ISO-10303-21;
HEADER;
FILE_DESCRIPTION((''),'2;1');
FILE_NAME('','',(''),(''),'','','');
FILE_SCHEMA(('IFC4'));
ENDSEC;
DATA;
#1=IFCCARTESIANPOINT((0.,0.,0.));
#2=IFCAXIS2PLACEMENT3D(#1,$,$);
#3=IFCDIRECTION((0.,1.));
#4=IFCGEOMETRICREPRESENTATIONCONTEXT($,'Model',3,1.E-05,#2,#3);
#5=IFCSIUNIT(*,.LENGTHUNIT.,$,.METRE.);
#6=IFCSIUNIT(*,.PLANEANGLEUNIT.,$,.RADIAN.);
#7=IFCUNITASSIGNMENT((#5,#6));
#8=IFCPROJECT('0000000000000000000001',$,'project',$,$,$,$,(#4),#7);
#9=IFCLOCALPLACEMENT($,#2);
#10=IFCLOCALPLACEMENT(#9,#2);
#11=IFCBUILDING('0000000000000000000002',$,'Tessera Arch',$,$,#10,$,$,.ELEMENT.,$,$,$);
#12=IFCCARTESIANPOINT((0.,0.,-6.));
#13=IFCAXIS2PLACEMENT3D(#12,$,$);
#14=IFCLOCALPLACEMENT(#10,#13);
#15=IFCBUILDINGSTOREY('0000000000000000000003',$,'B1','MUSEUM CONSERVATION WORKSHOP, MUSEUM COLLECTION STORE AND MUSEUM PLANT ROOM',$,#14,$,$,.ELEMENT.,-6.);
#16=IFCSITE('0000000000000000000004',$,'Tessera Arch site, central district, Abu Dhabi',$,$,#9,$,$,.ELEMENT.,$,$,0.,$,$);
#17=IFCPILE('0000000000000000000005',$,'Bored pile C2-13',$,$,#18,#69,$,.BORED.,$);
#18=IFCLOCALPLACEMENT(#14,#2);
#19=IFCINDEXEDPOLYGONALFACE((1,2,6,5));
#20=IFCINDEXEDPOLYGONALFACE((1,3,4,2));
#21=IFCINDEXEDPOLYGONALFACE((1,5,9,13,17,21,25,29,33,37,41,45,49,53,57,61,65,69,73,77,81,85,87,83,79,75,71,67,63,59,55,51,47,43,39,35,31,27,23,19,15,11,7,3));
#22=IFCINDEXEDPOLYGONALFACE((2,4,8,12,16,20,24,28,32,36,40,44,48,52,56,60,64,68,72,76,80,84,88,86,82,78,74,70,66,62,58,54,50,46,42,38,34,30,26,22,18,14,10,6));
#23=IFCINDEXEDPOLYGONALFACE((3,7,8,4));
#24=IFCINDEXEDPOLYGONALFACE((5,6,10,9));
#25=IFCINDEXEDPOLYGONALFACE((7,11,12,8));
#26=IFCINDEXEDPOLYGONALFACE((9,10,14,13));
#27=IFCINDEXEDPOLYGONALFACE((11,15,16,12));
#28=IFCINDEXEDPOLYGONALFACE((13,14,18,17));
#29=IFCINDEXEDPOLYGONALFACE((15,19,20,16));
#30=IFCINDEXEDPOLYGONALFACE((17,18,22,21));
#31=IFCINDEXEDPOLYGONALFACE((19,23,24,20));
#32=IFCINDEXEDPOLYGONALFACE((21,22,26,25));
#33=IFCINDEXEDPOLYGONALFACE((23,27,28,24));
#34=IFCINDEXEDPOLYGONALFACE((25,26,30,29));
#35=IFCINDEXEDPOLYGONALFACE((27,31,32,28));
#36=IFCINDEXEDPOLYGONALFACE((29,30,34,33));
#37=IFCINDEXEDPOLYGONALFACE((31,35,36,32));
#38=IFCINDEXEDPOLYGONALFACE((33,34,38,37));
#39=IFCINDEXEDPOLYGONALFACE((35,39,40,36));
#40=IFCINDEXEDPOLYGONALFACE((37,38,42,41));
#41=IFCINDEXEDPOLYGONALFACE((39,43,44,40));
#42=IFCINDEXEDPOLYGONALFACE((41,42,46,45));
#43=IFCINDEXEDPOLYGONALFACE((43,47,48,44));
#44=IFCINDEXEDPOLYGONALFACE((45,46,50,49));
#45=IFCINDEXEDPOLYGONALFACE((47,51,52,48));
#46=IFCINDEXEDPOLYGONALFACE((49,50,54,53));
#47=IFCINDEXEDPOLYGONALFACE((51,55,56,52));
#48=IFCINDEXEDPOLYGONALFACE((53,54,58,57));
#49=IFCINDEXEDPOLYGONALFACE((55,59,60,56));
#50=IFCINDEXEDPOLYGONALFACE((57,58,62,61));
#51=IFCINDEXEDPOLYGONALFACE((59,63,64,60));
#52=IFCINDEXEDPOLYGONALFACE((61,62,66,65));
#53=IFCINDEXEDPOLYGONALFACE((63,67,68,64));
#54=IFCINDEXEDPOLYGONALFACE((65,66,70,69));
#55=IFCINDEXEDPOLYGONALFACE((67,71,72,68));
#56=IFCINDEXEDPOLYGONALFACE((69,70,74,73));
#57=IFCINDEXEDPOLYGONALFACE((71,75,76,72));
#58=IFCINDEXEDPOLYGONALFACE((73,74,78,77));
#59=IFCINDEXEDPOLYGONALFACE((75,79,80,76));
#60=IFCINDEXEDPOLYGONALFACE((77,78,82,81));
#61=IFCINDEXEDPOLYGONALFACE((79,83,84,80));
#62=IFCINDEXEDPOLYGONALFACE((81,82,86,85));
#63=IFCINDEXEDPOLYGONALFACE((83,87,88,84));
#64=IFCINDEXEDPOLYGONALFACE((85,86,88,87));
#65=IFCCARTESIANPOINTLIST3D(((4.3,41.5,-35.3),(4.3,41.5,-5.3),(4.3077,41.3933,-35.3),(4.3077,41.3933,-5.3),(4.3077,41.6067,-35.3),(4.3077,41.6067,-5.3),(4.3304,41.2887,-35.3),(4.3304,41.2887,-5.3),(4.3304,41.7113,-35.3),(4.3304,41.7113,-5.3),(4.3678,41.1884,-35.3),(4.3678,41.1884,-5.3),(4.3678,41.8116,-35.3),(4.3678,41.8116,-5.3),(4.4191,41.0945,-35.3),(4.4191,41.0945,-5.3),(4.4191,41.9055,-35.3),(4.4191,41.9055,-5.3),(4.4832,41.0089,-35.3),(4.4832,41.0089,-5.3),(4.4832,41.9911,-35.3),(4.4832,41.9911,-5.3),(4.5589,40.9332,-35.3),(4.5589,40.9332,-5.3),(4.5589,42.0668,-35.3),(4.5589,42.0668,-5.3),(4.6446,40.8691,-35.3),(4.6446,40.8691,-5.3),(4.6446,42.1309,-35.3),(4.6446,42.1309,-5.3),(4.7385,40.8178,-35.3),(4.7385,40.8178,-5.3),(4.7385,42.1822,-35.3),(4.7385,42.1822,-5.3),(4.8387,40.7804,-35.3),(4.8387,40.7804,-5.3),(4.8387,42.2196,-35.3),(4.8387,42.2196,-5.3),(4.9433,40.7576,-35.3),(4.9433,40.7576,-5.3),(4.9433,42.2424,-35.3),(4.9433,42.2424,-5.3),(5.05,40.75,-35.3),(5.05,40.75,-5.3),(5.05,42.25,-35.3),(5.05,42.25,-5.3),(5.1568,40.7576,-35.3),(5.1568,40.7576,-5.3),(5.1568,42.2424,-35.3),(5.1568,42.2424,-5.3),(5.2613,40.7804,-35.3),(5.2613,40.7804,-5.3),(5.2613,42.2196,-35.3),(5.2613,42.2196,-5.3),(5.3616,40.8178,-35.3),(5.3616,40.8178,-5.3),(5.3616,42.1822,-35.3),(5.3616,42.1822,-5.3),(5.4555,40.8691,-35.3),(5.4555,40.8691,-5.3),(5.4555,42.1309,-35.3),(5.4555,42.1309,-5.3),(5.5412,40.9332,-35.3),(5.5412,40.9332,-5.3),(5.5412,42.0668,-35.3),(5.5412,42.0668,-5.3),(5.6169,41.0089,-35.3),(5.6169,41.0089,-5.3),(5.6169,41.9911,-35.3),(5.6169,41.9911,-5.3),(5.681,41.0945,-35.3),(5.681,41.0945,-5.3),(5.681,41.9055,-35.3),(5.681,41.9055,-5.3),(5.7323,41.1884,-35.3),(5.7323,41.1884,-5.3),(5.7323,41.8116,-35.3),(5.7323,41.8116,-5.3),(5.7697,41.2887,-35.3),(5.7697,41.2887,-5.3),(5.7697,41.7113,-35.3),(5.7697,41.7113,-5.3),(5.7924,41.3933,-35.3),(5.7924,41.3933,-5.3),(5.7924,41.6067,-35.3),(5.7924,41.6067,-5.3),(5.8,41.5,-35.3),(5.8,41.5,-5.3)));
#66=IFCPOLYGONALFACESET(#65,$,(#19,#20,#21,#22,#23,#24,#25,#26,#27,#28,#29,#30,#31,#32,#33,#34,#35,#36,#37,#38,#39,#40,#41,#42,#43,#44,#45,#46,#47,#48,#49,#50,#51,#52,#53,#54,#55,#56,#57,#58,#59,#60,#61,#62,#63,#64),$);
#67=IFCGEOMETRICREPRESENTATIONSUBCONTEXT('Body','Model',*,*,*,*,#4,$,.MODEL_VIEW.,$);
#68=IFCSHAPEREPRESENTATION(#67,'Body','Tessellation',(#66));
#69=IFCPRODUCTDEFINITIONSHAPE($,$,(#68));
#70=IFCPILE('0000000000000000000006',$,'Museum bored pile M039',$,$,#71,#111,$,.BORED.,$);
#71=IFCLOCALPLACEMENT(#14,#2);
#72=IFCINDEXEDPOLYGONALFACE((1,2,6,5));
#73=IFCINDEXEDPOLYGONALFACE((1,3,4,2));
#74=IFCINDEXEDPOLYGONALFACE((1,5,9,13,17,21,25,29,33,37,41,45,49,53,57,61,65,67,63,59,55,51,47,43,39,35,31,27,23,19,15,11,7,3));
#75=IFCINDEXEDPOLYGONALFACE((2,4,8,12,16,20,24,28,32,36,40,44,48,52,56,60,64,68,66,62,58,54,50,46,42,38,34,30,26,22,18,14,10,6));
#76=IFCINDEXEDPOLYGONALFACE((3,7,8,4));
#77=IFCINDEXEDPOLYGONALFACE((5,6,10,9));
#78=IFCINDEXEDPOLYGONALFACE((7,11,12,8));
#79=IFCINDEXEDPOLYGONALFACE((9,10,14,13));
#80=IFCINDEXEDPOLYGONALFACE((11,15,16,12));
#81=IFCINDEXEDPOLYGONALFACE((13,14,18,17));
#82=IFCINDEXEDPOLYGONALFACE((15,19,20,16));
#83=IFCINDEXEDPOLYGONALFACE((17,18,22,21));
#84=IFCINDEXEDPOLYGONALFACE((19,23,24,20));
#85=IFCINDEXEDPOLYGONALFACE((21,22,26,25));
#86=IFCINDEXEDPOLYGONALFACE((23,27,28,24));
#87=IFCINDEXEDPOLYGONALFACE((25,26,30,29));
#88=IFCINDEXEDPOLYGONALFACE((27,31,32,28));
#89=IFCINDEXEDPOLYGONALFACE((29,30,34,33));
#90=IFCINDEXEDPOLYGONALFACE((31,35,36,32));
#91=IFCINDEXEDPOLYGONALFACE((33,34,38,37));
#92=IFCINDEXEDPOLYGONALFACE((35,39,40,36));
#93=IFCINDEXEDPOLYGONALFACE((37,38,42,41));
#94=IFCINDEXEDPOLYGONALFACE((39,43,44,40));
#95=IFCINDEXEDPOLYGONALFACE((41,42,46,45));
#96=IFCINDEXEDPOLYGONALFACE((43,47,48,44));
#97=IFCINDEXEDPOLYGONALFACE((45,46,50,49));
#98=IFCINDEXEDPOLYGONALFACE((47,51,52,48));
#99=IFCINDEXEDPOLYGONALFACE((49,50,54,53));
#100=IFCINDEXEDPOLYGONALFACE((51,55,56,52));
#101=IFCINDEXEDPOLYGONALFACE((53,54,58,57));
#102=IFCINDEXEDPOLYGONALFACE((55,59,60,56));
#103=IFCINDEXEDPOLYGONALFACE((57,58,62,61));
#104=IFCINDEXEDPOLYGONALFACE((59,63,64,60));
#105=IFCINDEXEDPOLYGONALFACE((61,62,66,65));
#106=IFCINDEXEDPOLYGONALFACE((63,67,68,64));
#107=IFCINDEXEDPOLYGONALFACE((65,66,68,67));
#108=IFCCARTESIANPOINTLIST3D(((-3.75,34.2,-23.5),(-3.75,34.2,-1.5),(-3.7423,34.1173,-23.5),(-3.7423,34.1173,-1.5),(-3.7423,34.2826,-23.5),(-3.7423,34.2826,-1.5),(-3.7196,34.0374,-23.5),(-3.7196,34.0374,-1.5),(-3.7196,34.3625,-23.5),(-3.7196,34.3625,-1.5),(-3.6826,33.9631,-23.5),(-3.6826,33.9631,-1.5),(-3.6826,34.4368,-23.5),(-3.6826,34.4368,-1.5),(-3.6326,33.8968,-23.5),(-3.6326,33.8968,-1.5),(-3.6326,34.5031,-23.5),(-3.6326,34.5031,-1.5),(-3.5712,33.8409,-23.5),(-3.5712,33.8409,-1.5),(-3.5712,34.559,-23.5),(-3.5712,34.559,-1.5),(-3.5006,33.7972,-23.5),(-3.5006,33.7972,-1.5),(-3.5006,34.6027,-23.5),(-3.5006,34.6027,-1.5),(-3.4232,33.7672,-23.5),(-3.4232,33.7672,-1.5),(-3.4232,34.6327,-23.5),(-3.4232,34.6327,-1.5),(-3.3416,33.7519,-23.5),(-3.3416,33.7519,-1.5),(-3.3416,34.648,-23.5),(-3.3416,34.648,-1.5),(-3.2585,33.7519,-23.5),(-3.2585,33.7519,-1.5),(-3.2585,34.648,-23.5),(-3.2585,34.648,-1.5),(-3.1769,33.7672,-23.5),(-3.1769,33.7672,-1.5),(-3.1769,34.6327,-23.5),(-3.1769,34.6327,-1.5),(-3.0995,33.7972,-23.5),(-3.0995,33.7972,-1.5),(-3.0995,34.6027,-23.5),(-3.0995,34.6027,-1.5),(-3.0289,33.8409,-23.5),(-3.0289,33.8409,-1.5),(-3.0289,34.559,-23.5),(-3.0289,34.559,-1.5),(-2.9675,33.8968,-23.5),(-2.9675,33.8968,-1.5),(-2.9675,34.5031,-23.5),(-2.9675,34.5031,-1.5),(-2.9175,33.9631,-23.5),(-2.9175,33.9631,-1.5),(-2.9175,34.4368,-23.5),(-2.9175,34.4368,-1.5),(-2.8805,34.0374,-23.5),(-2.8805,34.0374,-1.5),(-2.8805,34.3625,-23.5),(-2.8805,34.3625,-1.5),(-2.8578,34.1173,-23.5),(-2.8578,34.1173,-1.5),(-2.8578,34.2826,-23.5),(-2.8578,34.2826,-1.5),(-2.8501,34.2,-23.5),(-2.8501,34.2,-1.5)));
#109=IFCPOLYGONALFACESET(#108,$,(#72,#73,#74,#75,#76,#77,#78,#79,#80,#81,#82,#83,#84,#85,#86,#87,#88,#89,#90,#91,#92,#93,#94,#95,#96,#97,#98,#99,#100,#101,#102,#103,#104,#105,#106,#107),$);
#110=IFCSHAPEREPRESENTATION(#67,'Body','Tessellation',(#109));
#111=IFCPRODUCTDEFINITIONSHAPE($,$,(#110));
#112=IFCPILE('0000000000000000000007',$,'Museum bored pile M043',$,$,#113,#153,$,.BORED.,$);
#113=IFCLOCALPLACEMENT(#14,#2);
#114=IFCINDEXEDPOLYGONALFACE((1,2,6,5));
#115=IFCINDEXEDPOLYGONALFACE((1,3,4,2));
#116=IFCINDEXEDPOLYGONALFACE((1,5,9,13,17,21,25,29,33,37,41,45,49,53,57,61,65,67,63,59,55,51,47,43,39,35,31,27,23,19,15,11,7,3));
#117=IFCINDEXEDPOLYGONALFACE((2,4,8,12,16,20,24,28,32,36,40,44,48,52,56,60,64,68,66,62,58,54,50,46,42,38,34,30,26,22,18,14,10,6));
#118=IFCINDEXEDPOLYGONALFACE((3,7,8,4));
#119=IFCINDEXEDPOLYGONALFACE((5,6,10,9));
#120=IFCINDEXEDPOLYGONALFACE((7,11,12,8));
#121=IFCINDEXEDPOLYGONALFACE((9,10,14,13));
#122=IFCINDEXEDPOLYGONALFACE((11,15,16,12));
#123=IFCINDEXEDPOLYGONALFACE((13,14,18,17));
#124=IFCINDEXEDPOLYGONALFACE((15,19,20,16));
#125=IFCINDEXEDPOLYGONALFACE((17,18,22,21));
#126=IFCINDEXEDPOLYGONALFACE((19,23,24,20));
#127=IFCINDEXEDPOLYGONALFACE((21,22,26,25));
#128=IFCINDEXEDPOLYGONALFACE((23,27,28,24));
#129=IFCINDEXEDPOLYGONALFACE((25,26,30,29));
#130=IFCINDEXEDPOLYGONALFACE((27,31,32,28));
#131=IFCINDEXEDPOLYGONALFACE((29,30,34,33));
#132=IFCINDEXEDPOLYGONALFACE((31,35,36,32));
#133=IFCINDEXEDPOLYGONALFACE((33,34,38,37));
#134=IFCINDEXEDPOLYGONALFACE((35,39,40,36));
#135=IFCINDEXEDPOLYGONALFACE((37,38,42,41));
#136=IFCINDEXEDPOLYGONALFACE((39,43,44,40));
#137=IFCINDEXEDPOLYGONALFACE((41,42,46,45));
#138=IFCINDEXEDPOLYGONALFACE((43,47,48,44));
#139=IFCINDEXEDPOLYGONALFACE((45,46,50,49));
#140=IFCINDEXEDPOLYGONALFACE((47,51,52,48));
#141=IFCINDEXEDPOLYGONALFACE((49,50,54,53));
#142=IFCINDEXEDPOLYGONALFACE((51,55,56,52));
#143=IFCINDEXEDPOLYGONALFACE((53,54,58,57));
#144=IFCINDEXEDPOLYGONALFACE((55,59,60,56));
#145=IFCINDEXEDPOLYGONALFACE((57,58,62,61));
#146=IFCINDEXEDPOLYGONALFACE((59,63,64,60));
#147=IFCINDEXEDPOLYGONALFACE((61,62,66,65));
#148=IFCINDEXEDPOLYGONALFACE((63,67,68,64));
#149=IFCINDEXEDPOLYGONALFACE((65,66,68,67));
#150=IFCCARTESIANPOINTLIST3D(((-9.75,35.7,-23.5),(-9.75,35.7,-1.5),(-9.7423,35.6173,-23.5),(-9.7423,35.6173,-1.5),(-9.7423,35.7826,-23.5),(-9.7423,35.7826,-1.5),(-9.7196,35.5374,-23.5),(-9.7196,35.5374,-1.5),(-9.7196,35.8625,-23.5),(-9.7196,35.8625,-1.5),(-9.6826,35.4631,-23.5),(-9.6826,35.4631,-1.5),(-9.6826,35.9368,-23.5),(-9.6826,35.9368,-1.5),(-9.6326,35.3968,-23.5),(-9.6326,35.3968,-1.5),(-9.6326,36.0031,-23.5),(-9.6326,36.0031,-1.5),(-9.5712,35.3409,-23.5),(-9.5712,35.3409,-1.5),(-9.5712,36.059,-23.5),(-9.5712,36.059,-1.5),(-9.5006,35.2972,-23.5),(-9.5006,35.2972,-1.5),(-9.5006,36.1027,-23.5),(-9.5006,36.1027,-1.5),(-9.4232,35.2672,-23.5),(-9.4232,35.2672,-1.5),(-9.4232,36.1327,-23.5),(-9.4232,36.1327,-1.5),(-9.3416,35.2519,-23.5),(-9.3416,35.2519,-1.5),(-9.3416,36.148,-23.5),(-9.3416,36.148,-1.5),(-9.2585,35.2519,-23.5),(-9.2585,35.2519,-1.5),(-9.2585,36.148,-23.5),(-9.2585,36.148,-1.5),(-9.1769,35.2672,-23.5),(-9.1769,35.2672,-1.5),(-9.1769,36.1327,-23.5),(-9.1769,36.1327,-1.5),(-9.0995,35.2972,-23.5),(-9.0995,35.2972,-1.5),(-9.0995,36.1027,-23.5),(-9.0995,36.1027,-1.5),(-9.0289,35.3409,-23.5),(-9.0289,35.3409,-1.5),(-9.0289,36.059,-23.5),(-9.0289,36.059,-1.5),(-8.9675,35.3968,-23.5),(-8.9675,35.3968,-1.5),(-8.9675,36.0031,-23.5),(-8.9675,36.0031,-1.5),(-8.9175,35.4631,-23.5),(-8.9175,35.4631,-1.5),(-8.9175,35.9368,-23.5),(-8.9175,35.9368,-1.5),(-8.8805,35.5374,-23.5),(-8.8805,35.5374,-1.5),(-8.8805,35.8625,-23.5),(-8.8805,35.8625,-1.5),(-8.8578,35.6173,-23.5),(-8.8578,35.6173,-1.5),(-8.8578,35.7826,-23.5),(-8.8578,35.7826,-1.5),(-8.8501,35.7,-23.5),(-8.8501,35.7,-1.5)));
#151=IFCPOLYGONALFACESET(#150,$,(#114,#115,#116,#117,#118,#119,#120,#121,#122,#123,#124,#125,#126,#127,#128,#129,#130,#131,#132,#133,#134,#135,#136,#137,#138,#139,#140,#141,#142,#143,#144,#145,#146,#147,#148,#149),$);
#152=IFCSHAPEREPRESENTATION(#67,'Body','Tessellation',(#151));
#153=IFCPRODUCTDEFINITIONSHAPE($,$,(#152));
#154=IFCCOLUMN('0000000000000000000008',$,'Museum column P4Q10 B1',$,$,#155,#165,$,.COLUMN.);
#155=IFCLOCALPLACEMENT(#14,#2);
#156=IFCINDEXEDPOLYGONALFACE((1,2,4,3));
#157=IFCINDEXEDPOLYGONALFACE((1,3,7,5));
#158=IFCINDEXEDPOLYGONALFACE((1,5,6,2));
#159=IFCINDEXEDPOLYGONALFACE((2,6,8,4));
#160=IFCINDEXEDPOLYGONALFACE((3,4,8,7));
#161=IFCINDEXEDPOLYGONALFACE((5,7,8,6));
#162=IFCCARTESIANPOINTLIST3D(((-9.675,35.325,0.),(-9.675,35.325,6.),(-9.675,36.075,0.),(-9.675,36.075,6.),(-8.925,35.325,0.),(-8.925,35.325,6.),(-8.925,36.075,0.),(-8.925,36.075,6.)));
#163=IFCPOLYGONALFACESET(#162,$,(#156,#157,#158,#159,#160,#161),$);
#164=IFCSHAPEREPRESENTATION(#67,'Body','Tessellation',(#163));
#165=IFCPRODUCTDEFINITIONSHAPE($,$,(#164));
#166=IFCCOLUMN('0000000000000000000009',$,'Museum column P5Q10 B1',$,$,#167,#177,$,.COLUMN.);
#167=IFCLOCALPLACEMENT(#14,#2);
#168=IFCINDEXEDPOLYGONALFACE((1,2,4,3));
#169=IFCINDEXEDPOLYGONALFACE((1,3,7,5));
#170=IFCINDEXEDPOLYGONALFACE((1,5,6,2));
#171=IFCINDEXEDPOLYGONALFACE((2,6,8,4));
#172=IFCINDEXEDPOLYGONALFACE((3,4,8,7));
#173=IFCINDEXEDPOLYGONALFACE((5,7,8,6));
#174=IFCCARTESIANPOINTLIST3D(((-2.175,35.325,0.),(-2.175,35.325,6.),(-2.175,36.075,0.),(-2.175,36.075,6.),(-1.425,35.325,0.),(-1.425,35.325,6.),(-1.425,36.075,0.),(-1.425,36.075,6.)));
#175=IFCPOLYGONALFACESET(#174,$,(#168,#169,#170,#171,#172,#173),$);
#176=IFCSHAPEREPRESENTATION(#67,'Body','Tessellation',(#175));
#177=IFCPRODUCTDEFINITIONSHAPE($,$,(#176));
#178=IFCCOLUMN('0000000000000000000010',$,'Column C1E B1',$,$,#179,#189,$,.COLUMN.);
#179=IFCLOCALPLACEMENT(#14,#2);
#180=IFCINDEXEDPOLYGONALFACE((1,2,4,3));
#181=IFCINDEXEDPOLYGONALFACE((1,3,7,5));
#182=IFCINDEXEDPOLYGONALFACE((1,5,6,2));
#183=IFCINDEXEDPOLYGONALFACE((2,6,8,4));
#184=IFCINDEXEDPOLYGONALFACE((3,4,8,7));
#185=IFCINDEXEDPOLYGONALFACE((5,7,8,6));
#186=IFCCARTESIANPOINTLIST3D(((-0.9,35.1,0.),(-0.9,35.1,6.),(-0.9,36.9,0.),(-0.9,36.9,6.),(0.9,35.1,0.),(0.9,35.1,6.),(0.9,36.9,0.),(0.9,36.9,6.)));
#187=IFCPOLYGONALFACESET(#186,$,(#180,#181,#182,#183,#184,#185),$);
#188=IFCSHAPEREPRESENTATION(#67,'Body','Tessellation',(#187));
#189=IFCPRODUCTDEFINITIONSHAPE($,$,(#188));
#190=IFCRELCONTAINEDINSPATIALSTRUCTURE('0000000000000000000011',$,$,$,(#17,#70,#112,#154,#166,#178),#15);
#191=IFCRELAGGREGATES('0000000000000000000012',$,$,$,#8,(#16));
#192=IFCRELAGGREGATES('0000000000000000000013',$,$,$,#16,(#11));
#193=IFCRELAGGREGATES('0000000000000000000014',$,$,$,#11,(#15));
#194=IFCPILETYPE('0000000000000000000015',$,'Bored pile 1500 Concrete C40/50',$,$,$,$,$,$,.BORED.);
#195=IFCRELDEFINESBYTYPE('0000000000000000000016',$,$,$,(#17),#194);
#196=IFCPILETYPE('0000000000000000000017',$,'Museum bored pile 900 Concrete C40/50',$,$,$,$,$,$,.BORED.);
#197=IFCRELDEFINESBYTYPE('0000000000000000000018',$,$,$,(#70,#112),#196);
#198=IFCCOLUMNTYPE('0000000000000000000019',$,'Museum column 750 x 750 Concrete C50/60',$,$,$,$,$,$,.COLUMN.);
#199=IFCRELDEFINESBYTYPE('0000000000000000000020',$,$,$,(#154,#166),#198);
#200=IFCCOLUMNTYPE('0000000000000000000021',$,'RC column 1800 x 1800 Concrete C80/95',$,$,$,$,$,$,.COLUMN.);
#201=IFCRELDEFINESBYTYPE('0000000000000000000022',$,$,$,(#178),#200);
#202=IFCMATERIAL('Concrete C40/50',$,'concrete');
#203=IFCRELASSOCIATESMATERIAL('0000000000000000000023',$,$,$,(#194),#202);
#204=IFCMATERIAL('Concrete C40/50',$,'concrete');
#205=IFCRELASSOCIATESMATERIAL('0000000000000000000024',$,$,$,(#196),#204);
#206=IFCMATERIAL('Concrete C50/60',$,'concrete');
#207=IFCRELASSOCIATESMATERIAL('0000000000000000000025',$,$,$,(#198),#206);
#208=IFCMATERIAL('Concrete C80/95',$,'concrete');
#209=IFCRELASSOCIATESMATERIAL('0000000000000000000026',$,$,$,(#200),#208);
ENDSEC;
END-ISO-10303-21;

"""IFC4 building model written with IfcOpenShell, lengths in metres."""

from ifc_helpers import new_model, si_unit, direction, frame, origin, origin_2d, place, context, subcontext, project, spatial, rectangle, circle, extrude, material, material_profile, profile_set, type_object, element, save


model = new_model("IFC4")

# Units and contexts
model_context = context("Model", 3, precision=1e-05, world=origin(), true_north=direction((0.0, 1.0)))
body_context = subcontext(model_context, "Body", "Model", "MODEL_VIEW")
ifc_project = project(units=[si_unit("LENGTHUNIT", "METRE"), si_unit("PLANEANGLEUNIT", "RADIAN")], contexts=[model_context])

# Site, building, storey
site_placement = place(None, origin())
site = spatial("IfcSite", under=ifc_project, at=site_placement, Name="Tessera Arch site, central district, Abu Dhabi", CompositionType="ELEMENT", RefElevation=0.0)
building_placement = place(site_placement, origin())
building = spatial("IfcBuilding", under=site, at=building_placement, Name="Tessera Arch", CompositionType="ELEMENT")
storey_placement = place(building_placement, frame((0.0, 0.0, -6.0)))
storey = spatial("IfcBuildingStorey", under=building, at=storey_placement, Name="B1", Description="MUSEUM CONSERVATION WORKSHOP, MUSEUM COLLECTION STORE AND MUSEUM PLANT ROOM", CompositionType="ELEMENT", Elevation=-6.0)

# Piles
ifc_material_1 = material(Name="Concrete C40/50", Category="concrete")
pile_type_1 = type_object("IfcPileType", Name="Bored pile 1500 Concrete C40/50", PredefinedType="BORED", material=ifc_material_1)
for number, where, z_axis, x_axis, name in (
    (1, (5.05, 41.5, -5.3), (0.0, 0.0, -1.0), (1.0, 0.0, 0.0), "Bored pile C2-13"),
):
    element("IfcPile", number, at=place(storey_placement, frame(where, z_axis=z_axis, x_axis=x_axis)), inside=storey, type_object=pile_type_1, Name=name, PredefinedType="BORED", context=body_context, shape_type="SweptSolid", body=[
        extrude(circle(Radius=0.75, at=origin_2d()), origin(), (0.0, 0.0, 1.0), 30.0),
    ])
ifc_material_2 = material(Name="Concrete C40/50", Category="concrete")
pile_type_2 = type_object("IfcPileType", Name="Museum bored pile 900 Concrete C40/50", PredefinedType="BORED", material=ifc_material_2)
for number, where, z_axis, x_axis, name in (
    (2, (-3.3, 34.2, -1.5), (0.0, 0.0, -1.0), (1.0, 0.0, 0.0), "Museum bored pile M039"),
    (3, (-9.3, 35.7, -1.5), (0.0, 0.0, -1.0), (1.0, 0.0, 0.0), "Museum bored pile M043"),
):
    element("IfcPile", number, at=place(storey_placement, frame(where, z_axis=z_axis, x_axis=x_axis)), inside=storey, type_object=pile_type_2, Name=name, PredefinedType="BORED", context=body_context, shape_type="SweptSolid", body=[
        extrude(circle(Radius=0.45, at=origin_2d()), origin(), (0.0, 0.0, 1.0), 22.0),
    ])

# Columns
ifc_material_3 = material(Name="Concrete C50/60", Category="concrete")
ifc_material_profile_1 = material_profile(ifc_material_3, rectangle(XDim=0.75, YDim=0.75, at=origin_2d()), Name="Museum column 750 x 750 Concrete C50/60")
ifc_profile_set_1 = profile_set([ifc_material_profile_1], Name="Concrete C50/60")
column_type_1 = type_object("IfcColumnType", Name="Museum column 750 x 750 Concrete C50/60", PredefinedType="COLUMN", material=ifc_profile_set_1)
for number, where, z_axis, x_axis, name in (
    (4, (-9.3, 35.7, 0.0), (0.0, 0.0, 1.0), (1.0, 0.0, 0.0), "Museum column P4Q10 B1"),
    (5, (-1.8, 35.7, 0.0), (0.0, 0.0, 1.0), (1.0, 0.0, 0.0), "Museum column P5Q10 B1"),
):
    element("IfcColumn", number, at=place(storey_placement, frame(where, z_axis=z_axis, x_axis=x_axis)), inside=storey, type_object=column_type_1, Name=name, PredefinedType="COLUMN", context=body_context, shape_type="SweptSolid", body=[
        extrude(rectangle(XDim=0.75, YDim=0.75, at=origin_2d()), origin(), (0.0, 0.0, 1.0), 6.0),
    ])
ifc_material_4 = material(Name="Concrete C80/95", Category="concrete")
ifc_material_profile_2 = material_profile(ifc_material_4, rectangle(XDim=1.8, YDim=1.8, at=origin_2d()), Name="RC column 1800 x 1800 Concrete C80/95")
ifc_profile_set_2 = profile_set([ifc_material_profile_2], Name="Concrete C80/95")
column_type_2 = type_object("IfcColumnType", Name="RC column 1800 x 1800 Concrete C80/95", PredefinedType="COLUMN", material=ifc_profile_set_2)
column_placement = place(storey_placement, frame((0.0, 36.0, 0.0), z_axis=(0.0, 0.0, 1.0), x_axis=(1.0, 0.0, 0.0)))
element("IfcColumn", 6, at=column_placement, inside=storey, type_object=column_type_2, Name="Column C1E B1", PredefinedType="COLUMN", context=body_context, shape_type="SweptSolid", body=[
    extrude(rectangle(XDim=1.8, YDim=1.8, at=origin_2d()), origin(), (0.0, 0.0, 1.0), 6.0),
])

save(model, "model.ifc")
